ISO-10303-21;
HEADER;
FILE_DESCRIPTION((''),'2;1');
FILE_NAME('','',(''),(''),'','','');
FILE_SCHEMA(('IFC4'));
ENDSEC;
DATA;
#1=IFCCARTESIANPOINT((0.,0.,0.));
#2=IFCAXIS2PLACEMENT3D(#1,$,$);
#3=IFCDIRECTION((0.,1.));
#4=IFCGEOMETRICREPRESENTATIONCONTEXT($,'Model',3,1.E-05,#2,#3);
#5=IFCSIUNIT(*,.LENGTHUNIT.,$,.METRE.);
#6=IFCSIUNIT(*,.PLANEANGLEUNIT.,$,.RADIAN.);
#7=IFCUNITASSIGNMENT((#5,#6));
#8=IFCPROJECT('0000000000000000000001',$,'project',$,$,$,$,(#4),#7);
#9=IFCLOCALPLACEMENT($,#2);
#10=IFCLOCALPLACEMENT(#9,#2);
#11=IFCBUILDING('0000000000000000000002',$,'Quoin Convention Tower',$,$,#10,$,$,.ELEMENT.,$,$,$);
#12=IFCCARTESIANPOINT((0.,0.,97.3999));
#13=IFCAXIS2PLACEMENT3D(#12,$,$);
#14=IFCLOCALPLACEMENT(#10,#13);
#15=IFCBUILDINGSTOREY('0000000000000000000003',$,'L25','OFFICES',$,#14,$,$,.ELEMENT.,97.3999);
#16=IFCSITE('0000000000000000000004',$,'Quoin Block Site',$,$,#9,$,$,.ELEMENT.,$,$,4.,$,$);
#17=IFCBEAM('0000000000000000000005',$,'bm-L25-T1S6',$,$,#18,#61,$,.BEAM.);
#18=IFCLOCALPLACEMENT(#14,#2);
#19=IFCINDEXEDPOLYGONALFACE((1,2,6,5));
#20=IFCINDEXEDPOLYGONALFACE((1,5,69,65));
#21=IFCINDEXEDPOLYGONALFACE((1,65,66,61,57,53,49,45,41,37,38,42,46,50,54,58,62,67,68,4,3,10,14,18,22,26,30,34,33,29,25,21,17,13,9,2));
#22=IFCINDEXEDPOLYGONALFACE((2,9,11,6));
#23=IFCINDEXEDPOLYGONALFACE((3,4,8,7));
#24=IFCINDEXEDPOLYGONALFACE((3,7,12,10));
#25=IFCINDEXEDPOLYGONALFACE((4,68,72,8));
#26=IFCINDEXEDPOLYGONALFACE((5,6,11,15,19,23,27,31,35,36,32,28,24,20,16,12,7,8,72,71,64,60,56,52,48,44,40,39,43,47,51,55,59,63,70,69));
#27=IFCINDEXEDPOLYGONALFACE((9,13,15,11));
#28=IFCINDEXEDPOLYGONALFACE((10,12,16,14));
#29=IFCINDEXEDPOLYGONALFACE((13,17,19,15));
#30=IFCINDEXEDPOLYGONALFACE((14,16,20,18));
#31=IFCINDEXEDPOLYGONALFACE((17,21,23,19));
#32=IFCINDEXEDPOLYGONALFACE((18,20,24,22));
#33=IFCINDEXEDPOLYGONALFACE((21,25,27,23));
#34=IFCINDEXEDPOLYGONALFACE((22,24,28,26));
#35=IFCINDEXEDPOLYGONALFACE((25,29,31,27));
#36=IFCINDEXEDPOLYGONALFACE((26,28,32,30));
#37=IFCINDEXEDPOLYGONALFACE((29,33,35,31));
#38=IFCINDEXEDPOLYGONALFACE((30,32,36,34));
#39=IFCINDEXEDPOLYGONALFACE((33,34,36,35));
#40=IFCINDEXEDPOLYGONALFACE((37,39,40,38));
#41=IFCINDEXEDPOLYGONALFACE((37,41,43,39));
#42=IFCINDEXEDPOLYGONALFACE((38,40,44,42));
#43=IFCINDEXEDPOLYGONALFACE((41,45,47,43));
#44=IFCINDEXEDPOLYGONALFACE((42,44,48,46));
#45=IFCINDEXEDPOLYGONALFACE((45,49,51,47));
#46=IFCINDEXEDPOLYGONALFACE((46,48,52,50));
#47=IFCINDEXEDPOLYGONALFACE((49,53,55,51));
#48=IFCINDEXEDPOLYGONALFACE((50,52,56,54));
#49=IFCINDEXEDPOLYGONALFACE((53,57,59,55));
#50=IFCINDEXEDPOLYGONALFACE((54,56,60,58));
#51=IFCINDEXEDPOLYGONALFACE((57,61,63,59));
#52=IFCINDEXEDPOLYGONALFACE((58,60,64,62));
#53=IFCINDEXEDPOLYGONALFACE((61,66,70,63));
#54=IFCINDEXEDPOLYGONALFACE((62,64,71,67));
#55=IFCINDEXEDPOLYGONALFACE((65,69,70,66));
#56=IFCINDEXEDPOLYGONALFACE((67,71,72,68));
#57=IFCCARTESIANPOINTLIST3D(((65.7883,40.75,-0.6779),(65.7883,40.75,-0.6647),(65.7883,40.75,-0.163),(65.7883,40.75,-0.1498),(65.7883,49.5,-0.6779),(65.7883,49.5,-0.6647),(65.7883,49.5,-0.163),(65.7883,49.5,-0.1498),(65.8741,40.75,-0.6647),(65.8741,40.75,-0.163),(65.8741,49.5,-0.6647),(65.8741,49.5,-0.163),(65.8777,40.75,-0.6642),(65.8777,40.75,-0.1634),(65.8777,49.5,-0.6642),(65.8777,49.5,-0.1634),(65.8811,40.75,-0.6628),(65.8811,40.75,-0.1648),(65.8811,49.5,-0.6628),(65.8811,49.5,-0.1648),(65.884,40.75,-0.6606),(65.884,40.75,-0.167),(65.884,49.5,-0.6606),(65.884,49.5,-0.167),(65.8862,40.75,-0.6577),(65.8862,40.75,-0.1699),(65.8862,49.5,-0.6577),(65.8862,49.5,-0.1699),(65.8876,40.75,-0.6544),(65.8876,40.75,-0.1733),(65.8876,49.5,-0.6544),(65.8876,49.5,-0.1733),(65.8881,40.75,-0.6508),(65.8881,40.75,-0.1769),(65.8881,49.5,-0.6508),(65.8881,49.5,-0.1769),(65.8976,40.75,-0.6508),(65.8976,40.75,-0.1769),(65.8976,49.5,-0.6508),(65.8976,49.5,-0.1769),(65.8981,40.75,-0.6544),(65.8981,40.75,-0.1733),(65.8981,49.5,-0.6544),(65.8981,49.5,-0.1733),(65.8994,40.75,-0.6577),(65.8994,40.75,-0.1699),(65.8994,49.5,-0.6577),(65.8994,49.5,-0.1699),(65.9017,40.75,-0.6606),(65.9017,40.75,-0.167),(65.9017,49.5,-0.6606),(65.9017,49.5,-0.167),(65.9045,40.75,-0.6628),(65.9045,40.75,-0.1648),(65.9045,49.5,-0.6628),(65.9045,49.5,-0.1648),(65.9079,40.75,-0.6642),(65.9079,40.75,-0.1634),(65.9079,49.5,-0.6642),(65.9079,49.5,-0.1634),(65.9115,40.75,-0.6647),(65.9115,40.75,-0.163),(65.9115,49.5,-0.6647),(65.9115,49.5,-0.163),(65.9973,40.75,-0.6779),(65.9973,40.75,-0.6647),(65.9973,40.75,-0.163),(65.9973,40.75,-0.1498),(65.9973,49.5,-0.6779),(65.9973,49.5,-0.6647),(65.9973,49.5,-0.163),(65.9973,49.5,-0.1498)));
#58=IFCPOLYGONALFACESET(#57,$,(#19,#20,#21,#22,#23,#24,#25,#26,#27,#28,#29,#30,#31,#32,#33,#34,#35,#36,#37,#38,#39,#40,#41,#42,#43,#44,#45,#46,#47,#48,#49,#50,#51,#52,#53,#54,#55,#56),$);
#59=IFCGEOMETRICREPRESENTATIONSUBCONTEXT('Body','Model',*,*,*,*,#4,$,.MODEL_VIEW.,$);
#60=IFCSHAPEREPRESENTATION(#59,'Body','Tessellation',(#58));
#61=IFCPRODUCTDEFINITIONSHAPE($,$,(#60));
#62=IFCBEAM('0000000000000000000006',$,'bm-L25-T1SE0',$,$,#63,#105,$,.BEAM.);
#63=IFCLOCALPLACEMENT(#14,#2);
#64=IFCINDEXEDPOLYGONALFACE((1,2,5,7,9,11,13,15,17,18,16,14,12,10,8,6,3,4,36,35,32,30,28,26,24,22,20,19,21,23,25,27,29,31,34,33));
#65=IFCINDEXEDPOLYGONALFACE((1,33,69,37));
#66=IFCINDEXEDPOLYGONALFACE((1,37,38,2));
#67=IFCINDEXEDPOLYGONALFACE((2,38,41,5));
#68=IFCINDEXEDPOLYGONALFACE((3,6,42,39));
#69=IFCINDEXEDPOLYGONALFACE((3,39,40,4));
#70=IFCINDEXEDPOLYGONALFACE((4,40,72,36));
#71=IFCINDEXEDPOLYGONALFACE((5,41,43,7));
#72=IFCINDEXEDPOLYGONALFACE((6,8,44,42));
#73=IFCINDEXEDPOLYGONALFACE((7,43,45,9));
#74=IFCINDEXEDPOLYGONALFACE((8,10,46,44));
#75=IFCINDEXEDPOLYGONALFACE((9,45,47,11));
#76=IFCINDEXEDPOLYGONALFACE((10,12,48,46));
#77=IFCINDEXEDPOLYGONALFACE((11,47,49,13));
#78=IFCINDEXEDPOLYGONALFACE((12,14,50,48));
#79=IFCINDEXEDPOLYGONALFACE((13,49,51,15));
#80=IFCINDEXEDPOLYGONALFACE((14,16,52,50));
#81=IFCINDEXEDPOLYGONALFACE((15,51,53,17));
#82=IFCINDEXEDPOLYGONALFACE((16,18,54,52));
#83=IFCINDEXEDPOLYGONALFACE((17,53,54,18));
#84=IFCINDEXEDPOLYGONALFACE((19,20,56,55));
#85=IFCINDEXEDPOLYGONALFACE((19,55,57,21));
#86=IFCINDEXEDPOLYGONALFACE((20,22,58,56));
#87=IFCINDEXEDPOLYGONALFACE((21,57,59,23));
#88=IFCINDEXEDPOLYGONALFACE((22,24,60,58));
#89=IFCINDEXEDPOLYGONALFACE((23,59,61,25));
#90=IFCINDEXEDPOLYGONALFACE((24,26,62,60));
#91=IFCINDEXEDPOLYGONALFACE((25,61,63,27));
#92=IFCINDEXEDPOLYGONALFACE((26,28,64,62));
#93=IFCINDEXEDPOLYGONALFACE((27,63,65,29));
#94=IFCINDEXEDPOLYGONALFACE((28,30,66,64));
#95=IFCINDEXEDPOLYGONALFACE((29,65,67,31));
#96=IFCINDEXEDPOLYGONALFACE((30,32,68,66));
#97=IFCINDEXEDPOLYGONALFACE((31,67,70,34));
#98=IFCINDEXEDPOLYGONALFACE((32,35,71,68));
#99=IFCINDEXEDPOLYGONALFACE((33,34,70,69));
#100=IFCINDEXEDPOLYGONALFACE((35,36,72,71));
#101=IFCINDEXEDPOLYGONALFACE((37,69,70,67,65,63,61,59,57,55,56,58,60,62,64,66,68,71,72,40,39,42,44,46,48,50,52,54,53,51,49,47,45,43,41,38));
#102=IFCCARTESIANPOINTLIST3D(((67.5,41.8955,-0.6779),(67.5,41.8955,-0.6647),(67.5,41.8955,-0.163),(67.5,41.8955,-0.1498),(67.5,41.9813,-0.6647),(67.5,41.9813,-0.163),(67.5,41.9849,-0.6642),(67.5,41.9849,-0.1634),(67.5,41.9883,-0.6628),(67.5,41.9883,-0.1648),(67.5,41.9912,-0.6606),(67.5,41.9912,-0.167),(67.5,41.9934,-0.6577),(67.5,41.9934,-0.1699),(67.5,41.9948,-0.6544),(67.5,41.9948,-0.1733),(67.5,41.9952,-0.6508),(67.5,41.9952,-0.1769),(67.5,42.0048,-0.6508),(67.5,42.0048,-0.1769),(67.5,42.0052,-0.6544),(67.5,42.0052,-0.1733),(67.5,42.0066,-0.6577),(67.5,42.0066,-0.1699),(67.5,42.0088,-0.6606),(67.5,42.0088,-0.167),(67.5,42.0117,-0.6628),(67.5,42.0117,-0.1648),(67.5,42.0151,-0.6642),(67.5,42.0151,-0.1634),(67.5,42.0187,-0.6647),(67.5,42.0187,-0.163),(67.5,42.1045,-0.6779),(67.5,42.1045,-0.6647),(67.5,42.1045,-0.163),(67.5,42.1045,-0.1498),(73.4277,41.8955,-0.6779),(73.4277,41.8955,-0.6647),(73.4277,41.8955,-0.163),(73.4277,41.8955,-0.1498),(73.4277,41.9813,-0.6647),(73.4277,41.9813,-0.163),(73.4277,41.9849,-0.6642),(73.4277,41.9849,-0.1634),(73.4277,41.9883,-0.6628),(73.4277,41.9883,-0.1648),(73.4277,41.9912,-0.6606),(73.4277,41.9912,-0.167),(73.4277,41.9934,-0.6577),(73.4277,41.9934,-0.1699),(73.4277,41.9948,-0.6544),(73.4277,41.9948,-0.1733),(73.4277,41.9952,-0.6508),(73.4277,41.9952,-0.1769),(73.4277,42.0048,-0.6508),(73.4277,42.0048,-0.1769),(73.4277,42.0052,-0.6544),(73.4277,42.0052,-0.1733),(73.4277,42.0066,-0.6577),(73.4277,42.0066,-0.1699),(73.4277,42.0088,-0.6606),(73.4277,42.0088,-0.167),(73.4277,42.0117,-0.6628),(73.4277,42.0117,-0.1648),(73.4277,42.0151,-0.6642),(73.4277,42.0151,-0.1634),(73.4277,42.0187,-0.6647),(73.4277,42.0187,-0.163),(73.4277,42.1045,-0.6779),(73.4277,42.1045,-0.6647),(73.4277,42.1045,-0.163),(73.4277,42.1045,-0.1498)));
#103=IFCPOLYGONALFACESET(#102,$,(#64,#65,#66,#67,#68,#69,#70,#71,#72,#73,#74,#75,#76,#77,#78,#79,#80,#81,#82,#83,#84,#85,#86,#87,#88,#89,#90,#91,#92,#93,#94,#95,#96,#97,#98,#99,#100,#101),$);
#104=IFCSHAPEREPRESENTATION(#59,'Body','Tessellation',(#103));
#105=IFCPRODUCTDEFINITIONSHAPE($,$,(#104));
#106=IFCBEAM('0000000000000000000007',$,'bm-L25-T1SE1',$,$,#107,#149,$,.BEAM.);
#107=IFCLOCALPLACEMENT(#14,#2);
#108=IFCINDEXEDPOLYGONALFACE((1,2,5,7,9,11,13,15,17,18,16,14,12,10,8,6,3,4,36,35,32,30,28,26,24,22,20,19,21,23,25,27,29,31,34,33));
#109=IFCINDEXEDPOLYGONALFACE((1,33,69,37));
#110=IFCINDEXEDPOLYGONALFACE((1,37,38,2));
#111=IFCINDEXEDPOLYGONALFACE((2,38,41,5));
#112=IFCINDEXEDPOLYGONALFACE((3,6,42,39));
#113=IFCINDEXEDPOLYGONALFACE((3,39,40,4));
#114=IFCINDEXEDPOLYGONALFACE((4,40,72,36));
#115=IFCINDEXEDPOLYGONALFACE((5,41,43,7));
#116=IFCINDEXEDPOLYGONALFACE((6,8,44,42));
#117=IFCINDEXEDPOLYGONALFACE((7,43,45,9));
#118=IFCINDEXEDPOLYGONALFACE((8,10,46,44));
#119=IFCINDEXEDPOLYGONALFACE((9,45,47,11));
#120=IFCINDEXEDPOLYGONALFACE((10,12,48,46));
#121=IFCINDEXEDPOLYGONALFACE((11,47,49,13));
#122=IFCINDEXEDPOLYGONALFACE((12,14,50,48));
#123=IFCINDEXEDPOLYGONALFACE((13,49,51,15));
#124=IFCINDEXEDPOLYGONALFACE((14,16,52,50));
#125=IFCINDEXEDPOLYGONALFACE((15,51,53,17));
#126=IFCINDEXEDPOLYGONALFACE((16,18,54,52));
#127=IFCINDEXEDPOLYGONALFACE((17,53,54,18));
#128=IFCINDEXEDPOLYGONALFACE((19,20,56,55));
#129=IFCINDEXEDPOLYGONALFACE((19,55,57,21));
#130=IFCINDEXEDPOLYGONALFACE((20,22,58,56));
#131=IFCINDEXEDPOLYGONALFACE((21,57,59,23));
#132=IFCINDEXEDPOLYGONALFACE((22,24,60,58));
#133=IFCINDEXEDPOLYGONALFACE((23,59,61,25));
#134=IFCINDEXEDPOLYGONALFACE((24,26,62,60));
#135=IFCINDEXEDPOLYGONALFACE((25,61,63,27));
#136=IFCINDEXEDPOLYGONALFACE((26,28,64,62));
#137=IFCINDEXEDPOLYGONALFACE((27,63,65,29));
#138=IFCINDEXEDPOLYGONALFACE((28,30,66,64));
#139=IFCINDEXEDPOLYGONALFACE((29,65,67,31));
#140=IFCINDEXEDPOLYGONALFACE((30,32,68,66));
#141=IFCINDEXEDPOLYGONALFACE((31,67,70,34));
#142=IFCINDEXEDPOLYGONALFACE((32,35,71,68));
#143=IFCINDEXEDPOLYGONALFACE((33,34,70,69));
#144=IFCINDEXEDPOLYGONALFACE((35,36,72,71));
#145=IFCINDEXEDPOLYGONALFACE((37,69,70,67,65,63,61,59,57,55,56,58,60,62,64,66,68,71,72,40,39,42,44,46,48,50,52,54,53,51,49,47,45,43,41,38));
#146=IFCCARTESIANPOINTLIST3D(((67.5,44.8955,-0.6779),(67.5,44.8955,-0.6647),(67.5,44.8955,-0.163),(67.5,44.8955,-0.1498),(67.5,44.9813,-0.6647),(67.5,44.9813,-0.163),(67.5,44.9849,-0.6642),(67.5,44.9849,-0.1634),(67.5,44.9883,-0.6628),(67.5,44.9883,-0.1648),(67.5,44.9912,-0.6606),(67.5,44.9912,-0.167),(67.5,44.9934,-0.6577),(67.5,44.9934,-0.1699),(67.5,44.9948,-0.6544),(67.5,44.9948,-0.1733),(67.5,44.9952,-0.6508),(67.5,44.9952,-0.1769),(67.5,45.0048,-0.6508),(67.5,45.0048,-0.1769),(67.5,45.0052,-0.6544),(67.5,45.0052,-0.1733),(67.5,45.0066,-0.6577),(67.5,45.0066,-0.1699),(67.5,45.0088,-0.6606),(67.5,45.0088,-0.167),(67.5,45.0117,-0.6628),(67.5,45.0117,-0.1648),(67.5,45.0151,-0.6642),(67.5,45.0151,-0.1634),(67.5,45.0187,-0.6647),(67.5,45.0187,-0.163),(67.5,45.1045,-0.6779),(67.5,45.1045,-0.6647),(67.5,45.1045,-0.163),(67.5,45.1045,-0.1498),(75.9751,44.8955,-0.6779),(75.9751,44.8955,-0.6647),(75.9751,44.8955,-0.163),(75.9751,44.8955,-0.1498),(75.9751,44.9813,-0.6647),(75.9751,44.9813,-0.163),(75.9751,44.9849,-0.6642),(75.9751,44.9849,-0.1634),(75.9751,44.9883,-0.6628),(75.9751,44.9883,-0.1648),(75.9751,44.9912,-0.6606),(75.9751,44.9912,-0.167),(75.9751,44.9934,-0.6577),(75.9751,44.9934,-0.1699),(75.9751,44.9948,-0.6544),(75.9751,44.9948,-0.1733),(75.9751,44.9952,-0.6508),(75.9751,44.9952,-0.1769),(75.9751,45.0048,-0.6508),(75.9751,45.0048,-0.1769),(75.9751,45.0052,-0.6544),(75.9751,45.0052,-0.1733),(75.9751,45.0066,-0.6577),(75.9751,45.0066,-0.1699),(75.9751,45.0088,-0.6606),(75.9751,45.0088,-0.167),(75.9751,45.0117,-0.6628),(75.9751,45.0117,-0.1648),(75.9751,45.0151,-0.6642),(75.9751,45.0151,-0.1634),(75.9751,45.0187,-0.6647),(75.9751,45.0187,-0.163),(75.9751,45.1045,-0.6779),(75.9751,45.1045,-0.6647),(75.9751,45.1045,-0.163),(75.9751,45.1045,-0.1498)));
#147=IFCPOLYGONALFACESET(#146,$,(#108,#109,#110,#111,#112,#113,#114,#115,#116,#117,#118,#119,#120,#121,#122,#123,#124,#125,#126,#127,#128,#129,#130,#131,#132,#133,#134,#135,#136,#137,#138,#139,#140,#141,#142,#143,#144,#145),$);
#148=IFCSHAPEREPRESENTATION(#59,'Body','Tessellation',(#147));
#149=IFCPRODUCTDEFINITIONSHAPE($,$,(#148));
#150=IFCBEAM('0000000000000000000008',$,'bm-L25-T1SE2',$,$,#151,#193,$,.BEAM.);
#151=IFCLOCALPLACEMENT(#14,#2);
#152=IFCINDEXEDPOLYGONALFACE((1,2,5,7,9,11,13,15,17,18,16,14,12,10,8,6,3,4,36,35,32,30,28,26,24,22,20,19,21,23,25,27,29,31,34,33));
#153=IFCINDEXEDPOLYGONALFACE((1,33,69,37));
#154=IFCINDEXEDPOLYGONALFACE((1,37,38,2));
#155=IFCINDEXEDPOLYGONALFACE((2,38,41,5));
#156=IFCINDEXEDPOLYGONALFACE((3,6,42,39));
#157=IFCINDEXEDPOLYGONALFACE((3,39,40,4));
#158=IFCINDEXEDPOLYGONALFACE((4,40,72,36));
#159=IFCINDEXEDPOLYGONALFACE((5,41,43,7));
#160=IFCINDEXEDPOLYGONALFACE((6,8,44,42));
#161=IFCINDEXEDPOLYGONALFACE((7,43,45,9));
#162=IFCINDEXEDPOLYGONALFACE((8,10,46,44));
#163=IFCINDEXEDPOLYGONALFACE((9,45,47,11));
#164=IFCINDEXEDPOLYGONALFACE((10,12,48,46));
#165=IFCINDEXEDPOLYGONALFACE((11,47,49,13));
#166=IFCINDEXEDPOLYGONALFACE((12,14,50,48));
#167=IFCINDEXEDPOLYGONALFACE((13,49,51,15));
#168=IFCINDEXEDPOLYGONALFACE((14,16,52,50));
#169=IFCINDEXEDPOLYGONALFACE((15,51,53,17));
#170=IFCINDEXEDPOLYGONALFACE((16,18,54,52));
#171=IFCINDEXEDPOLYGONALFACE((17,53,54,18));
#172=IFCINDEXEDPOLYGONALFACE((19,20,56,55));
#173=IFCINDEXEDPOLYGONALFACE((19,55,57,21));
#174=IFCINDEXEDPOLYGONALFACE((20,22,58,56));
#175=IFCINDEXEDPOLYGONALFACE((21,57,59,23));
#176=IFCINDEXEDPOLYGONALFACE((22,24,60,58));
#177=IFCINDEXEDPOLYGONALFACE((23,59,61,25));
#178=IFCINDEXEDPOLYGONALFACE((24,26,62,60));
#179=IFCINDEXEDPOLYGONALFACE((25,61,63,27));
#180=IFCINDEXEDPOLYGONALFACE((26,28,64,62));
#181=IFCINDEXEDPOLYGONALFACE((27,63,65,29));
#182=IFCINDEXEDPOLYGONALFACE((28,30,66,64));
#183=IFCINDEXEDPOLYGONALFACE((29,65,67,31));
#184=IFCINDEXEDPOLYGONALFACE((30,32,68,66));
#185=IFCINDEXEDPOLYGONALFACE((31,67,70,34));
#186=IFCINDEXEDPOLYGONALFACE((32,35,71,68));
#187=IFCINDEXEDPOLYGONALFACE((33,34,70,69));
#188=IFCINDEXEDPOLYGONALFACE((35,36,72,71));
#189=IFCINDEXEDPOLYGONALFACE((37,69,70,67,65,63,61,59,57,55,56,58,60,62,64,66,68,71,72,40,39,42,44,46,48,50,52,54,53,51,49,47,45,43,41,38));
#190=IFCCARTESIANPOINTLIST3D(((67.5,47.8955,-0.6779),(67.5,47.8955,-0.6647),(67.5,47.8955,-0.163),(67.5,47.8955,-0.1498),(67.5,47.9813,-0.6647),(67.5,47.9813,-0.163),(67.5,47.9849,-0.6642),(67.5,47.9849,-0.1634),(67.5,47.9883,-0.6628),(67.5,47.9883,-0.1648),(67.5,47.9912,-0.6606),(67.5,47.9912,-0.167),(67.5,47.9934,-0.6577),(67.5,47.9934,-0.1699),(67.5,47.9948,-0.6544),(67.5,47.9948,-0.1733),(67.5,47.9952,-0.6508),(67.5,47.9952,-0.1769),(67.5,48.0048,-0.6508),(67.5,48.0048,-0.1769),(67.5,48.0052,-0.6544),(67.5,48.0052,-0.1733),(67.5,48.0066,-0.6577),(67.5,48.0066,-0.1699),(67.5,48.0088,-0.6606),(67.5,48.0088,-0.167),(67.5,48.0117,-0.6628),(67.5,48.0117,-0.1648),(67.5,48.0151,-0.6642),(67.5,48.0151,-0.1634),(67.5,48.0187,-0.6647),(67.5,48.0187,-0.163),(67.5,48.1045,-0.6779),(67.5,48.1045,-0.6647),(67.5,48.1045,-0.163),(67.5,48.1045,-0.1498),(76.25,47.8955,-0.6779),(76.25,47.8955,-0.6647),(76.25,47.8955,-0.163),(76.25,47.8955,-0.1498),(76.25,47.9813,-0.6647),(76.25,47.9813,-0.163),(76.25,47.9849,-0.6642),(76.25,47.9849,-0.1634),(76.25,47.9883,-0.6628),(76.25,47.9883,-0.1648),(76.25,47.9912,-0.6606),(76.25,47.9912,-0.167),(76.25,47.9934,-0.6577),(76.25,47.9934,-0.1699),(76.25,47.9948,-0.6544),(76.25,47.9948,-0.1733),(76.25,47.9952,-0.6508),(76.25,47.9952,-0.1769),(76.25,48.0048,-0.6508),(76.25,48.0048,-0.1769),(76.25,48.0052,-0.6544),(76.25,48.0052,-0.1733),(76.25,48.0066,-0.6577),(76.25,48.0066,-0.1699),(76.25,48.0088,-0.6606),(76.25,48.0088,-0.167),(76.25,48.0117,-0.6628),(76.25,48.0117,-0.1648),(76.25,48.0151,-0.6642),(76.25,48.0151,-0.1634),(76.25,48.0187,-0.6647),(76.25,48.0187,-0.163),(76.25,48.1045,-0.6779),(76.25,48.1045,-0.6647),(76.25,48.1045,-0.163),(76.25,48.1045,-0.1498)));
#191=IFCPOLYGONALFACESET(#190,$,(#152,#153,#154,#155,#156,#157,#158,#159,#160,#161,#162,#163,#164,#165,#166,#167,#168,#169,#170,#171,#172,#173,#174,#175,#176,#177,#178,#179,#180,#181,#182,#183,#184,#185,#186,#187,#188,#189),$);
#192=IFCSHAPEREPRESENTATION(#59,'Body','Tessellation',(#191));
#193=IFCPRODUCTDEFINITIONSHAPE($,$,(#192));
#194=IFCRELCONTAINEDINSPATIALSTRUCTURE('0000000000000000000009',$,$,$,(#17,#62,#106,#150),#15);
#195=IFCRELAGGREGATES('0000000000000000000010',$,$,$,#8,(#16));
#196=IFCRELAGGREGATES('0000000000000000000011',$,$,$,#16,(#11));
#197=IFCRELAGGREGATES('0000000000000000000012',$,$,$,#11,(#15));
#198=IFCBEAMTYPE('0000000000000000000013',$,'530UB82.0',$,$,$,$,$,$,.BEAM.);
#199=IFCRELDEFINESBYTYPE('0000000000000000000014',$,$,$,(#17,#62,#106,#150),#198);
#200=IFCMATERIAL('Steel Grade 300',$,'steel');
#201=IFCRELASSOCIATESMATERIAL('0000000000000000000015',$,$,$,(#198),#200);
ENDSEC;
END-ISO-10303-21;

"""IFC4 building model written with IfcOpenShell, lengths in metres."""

from ifc_helpers import new_model, si_unit, direction, frame, origin, origin_2d, place, context, subcontext, project, spatial, i_section, extrude, material, material_profile, profile_set, type_object, element, save


model = new_model("IFC4")

# Units and contexts
model_context = context("Model", 3, precision=1e-05, world=origin(), true_north=direction((0.0, 1.0)))
body_context = subcontext(model_context, "Body", "Model", "MODEL_VIEW")
ifc_project = project(units=[si_unit("LENGTHUNIT", "METRE"), si_unit("PLANEANGLEUNIT", "RADIAN")], contexts=[model_context])

# Site, building, storey
site_placement = place(None, origin())
site = spatial("IfcSite", under=ifc_project, at=site_placement, Name="Quoin Block Site", CompositionType="ELEMENT", RefElevation=4.0)
building_placement = place(site_placement, origin())
building = spatial("IfcBuilding", under=site, at=building_placement, Name="Quoin Convention Tower", CompositionType="ELEMENT")
storey_placement = place(building_placement, frame((0.0, 0.0, 97.3999)))
storey = spatial("IfcBuildingStorey", under=building, at=storey_placement, Name="L25", Description="OFFICES", CompositionType="ELEMENT", Elevation=97.3999)

# Beams
ifc_material_1 = material(Name="Steel Grade 300", Category="steel")
ifc_material_profile_1 = material_profile(ifc_material_1, i_section(OverallWidth=0.209, OverallDepth=0.5281, WebThickness=0.0095, FlangeThickness=0.0132, FilletRadius=0.0139, at=origin_2d()), Name="530UB82.0")
ifc_profile_set_1 = profile_set([ifc_material_profile_1], Name="Steel Grade 300")
beam_type_1 = type_object("IfcBeamType", Name="530UB82.0", PredefinedType="BEAM", material=ifc_profile_set_1)
beam_1_placement = place(storey_placement, frame((65.8928, 40.75, -0.4138), z_axis=(0.0, 1.0, 0.0), x_axis=(-1.0, 0.0, 0.0)))
element("IfcBeam", 1, at=beam_1_placement, inside=storey, type_object=beam_type_1, Name="bm-L25-T1S6", PredefinedType="BEAM", context=body_context, shape_type="SweptSolid", body=[
    extrude(i_section(OverallWidth=0.209, OverallDepth=0.5281, WebThickness=0.0095, FlangeThickness=0.0132, FilletRadius=0.0139, at=origin_2d()), origin(), (0.0, 0.0, 1.0), 8.75),
])
beam_2_placement = place(storey_placement, frame((67.5, 42.0, -0.4138), z_axis=(1.0, 0.0, 0.0), x_axis=(0.0, 1.0, 0.0)))
element("IfcBeam", 2, at=beam_2_placement, inside=storey, type_object=beam_type_1, Name="bm-L25-T1SE0", PredefinedType="BEAM", context=body_context, shape_type="SweptSolid", body=[
    extrude(i_section(OverallWidth=0.209, OverallDepth=0.5281, WebThickness=0.0095, FlangeThickness=0.0132, FilletRadius=0.0139, at=origin_2d()), origin(), (0.0, 0.0, 1.0), 5.9277),
])
beam_3_placement = place(storey_placement, frame((67.5, 45.0, -0.4138), z_axis=(1.0, 0.0, 0.0), x_axis=(0.0, 1.0, 0.0)))
element("IfcBeam", 3, at=beam_3_placement, inside=storey, type_object=beam_type_1, Name="bm-L25-T1SE1", PredefinedType="BEAM", context=body_context, shape_type="SweptSolid", body=[
    extrude(i_section(OverallWidth=0.209, OverallDepth=0.5281, WebThickness=0.0095, FlangeThickness=0.0132, FilletRadius=0.0139, at=origin_2d()), origin(), (0.0, 0.0, 1.0), 8.4751),
])
beam_4_placement = place(storey_placement, frame((67.5, 48.0, -0.4138), z_axis=(1.0, 0.0, 0.0), x_axis=(0.0, 1.0, 0.0)))
element("IfcBeam", 4, at=beam_4_placement, inside=storey, type_object=beam_type_1, Name="bm-L25-T1SE2", PredefinedType="BEAM", context=body_context, shape_type="SweptSolid", body=[
    extrude(i_section(OverallWidth=0.209, OverallDepth=0.5281, WebThickness=0.0095, FlangeThickness=0.0132, FilletRadius=0.0139, at=origin_2d()), origin(), (0.0, 0.0, 1.0), 8.75),
])

save(model, "model.ifc")
